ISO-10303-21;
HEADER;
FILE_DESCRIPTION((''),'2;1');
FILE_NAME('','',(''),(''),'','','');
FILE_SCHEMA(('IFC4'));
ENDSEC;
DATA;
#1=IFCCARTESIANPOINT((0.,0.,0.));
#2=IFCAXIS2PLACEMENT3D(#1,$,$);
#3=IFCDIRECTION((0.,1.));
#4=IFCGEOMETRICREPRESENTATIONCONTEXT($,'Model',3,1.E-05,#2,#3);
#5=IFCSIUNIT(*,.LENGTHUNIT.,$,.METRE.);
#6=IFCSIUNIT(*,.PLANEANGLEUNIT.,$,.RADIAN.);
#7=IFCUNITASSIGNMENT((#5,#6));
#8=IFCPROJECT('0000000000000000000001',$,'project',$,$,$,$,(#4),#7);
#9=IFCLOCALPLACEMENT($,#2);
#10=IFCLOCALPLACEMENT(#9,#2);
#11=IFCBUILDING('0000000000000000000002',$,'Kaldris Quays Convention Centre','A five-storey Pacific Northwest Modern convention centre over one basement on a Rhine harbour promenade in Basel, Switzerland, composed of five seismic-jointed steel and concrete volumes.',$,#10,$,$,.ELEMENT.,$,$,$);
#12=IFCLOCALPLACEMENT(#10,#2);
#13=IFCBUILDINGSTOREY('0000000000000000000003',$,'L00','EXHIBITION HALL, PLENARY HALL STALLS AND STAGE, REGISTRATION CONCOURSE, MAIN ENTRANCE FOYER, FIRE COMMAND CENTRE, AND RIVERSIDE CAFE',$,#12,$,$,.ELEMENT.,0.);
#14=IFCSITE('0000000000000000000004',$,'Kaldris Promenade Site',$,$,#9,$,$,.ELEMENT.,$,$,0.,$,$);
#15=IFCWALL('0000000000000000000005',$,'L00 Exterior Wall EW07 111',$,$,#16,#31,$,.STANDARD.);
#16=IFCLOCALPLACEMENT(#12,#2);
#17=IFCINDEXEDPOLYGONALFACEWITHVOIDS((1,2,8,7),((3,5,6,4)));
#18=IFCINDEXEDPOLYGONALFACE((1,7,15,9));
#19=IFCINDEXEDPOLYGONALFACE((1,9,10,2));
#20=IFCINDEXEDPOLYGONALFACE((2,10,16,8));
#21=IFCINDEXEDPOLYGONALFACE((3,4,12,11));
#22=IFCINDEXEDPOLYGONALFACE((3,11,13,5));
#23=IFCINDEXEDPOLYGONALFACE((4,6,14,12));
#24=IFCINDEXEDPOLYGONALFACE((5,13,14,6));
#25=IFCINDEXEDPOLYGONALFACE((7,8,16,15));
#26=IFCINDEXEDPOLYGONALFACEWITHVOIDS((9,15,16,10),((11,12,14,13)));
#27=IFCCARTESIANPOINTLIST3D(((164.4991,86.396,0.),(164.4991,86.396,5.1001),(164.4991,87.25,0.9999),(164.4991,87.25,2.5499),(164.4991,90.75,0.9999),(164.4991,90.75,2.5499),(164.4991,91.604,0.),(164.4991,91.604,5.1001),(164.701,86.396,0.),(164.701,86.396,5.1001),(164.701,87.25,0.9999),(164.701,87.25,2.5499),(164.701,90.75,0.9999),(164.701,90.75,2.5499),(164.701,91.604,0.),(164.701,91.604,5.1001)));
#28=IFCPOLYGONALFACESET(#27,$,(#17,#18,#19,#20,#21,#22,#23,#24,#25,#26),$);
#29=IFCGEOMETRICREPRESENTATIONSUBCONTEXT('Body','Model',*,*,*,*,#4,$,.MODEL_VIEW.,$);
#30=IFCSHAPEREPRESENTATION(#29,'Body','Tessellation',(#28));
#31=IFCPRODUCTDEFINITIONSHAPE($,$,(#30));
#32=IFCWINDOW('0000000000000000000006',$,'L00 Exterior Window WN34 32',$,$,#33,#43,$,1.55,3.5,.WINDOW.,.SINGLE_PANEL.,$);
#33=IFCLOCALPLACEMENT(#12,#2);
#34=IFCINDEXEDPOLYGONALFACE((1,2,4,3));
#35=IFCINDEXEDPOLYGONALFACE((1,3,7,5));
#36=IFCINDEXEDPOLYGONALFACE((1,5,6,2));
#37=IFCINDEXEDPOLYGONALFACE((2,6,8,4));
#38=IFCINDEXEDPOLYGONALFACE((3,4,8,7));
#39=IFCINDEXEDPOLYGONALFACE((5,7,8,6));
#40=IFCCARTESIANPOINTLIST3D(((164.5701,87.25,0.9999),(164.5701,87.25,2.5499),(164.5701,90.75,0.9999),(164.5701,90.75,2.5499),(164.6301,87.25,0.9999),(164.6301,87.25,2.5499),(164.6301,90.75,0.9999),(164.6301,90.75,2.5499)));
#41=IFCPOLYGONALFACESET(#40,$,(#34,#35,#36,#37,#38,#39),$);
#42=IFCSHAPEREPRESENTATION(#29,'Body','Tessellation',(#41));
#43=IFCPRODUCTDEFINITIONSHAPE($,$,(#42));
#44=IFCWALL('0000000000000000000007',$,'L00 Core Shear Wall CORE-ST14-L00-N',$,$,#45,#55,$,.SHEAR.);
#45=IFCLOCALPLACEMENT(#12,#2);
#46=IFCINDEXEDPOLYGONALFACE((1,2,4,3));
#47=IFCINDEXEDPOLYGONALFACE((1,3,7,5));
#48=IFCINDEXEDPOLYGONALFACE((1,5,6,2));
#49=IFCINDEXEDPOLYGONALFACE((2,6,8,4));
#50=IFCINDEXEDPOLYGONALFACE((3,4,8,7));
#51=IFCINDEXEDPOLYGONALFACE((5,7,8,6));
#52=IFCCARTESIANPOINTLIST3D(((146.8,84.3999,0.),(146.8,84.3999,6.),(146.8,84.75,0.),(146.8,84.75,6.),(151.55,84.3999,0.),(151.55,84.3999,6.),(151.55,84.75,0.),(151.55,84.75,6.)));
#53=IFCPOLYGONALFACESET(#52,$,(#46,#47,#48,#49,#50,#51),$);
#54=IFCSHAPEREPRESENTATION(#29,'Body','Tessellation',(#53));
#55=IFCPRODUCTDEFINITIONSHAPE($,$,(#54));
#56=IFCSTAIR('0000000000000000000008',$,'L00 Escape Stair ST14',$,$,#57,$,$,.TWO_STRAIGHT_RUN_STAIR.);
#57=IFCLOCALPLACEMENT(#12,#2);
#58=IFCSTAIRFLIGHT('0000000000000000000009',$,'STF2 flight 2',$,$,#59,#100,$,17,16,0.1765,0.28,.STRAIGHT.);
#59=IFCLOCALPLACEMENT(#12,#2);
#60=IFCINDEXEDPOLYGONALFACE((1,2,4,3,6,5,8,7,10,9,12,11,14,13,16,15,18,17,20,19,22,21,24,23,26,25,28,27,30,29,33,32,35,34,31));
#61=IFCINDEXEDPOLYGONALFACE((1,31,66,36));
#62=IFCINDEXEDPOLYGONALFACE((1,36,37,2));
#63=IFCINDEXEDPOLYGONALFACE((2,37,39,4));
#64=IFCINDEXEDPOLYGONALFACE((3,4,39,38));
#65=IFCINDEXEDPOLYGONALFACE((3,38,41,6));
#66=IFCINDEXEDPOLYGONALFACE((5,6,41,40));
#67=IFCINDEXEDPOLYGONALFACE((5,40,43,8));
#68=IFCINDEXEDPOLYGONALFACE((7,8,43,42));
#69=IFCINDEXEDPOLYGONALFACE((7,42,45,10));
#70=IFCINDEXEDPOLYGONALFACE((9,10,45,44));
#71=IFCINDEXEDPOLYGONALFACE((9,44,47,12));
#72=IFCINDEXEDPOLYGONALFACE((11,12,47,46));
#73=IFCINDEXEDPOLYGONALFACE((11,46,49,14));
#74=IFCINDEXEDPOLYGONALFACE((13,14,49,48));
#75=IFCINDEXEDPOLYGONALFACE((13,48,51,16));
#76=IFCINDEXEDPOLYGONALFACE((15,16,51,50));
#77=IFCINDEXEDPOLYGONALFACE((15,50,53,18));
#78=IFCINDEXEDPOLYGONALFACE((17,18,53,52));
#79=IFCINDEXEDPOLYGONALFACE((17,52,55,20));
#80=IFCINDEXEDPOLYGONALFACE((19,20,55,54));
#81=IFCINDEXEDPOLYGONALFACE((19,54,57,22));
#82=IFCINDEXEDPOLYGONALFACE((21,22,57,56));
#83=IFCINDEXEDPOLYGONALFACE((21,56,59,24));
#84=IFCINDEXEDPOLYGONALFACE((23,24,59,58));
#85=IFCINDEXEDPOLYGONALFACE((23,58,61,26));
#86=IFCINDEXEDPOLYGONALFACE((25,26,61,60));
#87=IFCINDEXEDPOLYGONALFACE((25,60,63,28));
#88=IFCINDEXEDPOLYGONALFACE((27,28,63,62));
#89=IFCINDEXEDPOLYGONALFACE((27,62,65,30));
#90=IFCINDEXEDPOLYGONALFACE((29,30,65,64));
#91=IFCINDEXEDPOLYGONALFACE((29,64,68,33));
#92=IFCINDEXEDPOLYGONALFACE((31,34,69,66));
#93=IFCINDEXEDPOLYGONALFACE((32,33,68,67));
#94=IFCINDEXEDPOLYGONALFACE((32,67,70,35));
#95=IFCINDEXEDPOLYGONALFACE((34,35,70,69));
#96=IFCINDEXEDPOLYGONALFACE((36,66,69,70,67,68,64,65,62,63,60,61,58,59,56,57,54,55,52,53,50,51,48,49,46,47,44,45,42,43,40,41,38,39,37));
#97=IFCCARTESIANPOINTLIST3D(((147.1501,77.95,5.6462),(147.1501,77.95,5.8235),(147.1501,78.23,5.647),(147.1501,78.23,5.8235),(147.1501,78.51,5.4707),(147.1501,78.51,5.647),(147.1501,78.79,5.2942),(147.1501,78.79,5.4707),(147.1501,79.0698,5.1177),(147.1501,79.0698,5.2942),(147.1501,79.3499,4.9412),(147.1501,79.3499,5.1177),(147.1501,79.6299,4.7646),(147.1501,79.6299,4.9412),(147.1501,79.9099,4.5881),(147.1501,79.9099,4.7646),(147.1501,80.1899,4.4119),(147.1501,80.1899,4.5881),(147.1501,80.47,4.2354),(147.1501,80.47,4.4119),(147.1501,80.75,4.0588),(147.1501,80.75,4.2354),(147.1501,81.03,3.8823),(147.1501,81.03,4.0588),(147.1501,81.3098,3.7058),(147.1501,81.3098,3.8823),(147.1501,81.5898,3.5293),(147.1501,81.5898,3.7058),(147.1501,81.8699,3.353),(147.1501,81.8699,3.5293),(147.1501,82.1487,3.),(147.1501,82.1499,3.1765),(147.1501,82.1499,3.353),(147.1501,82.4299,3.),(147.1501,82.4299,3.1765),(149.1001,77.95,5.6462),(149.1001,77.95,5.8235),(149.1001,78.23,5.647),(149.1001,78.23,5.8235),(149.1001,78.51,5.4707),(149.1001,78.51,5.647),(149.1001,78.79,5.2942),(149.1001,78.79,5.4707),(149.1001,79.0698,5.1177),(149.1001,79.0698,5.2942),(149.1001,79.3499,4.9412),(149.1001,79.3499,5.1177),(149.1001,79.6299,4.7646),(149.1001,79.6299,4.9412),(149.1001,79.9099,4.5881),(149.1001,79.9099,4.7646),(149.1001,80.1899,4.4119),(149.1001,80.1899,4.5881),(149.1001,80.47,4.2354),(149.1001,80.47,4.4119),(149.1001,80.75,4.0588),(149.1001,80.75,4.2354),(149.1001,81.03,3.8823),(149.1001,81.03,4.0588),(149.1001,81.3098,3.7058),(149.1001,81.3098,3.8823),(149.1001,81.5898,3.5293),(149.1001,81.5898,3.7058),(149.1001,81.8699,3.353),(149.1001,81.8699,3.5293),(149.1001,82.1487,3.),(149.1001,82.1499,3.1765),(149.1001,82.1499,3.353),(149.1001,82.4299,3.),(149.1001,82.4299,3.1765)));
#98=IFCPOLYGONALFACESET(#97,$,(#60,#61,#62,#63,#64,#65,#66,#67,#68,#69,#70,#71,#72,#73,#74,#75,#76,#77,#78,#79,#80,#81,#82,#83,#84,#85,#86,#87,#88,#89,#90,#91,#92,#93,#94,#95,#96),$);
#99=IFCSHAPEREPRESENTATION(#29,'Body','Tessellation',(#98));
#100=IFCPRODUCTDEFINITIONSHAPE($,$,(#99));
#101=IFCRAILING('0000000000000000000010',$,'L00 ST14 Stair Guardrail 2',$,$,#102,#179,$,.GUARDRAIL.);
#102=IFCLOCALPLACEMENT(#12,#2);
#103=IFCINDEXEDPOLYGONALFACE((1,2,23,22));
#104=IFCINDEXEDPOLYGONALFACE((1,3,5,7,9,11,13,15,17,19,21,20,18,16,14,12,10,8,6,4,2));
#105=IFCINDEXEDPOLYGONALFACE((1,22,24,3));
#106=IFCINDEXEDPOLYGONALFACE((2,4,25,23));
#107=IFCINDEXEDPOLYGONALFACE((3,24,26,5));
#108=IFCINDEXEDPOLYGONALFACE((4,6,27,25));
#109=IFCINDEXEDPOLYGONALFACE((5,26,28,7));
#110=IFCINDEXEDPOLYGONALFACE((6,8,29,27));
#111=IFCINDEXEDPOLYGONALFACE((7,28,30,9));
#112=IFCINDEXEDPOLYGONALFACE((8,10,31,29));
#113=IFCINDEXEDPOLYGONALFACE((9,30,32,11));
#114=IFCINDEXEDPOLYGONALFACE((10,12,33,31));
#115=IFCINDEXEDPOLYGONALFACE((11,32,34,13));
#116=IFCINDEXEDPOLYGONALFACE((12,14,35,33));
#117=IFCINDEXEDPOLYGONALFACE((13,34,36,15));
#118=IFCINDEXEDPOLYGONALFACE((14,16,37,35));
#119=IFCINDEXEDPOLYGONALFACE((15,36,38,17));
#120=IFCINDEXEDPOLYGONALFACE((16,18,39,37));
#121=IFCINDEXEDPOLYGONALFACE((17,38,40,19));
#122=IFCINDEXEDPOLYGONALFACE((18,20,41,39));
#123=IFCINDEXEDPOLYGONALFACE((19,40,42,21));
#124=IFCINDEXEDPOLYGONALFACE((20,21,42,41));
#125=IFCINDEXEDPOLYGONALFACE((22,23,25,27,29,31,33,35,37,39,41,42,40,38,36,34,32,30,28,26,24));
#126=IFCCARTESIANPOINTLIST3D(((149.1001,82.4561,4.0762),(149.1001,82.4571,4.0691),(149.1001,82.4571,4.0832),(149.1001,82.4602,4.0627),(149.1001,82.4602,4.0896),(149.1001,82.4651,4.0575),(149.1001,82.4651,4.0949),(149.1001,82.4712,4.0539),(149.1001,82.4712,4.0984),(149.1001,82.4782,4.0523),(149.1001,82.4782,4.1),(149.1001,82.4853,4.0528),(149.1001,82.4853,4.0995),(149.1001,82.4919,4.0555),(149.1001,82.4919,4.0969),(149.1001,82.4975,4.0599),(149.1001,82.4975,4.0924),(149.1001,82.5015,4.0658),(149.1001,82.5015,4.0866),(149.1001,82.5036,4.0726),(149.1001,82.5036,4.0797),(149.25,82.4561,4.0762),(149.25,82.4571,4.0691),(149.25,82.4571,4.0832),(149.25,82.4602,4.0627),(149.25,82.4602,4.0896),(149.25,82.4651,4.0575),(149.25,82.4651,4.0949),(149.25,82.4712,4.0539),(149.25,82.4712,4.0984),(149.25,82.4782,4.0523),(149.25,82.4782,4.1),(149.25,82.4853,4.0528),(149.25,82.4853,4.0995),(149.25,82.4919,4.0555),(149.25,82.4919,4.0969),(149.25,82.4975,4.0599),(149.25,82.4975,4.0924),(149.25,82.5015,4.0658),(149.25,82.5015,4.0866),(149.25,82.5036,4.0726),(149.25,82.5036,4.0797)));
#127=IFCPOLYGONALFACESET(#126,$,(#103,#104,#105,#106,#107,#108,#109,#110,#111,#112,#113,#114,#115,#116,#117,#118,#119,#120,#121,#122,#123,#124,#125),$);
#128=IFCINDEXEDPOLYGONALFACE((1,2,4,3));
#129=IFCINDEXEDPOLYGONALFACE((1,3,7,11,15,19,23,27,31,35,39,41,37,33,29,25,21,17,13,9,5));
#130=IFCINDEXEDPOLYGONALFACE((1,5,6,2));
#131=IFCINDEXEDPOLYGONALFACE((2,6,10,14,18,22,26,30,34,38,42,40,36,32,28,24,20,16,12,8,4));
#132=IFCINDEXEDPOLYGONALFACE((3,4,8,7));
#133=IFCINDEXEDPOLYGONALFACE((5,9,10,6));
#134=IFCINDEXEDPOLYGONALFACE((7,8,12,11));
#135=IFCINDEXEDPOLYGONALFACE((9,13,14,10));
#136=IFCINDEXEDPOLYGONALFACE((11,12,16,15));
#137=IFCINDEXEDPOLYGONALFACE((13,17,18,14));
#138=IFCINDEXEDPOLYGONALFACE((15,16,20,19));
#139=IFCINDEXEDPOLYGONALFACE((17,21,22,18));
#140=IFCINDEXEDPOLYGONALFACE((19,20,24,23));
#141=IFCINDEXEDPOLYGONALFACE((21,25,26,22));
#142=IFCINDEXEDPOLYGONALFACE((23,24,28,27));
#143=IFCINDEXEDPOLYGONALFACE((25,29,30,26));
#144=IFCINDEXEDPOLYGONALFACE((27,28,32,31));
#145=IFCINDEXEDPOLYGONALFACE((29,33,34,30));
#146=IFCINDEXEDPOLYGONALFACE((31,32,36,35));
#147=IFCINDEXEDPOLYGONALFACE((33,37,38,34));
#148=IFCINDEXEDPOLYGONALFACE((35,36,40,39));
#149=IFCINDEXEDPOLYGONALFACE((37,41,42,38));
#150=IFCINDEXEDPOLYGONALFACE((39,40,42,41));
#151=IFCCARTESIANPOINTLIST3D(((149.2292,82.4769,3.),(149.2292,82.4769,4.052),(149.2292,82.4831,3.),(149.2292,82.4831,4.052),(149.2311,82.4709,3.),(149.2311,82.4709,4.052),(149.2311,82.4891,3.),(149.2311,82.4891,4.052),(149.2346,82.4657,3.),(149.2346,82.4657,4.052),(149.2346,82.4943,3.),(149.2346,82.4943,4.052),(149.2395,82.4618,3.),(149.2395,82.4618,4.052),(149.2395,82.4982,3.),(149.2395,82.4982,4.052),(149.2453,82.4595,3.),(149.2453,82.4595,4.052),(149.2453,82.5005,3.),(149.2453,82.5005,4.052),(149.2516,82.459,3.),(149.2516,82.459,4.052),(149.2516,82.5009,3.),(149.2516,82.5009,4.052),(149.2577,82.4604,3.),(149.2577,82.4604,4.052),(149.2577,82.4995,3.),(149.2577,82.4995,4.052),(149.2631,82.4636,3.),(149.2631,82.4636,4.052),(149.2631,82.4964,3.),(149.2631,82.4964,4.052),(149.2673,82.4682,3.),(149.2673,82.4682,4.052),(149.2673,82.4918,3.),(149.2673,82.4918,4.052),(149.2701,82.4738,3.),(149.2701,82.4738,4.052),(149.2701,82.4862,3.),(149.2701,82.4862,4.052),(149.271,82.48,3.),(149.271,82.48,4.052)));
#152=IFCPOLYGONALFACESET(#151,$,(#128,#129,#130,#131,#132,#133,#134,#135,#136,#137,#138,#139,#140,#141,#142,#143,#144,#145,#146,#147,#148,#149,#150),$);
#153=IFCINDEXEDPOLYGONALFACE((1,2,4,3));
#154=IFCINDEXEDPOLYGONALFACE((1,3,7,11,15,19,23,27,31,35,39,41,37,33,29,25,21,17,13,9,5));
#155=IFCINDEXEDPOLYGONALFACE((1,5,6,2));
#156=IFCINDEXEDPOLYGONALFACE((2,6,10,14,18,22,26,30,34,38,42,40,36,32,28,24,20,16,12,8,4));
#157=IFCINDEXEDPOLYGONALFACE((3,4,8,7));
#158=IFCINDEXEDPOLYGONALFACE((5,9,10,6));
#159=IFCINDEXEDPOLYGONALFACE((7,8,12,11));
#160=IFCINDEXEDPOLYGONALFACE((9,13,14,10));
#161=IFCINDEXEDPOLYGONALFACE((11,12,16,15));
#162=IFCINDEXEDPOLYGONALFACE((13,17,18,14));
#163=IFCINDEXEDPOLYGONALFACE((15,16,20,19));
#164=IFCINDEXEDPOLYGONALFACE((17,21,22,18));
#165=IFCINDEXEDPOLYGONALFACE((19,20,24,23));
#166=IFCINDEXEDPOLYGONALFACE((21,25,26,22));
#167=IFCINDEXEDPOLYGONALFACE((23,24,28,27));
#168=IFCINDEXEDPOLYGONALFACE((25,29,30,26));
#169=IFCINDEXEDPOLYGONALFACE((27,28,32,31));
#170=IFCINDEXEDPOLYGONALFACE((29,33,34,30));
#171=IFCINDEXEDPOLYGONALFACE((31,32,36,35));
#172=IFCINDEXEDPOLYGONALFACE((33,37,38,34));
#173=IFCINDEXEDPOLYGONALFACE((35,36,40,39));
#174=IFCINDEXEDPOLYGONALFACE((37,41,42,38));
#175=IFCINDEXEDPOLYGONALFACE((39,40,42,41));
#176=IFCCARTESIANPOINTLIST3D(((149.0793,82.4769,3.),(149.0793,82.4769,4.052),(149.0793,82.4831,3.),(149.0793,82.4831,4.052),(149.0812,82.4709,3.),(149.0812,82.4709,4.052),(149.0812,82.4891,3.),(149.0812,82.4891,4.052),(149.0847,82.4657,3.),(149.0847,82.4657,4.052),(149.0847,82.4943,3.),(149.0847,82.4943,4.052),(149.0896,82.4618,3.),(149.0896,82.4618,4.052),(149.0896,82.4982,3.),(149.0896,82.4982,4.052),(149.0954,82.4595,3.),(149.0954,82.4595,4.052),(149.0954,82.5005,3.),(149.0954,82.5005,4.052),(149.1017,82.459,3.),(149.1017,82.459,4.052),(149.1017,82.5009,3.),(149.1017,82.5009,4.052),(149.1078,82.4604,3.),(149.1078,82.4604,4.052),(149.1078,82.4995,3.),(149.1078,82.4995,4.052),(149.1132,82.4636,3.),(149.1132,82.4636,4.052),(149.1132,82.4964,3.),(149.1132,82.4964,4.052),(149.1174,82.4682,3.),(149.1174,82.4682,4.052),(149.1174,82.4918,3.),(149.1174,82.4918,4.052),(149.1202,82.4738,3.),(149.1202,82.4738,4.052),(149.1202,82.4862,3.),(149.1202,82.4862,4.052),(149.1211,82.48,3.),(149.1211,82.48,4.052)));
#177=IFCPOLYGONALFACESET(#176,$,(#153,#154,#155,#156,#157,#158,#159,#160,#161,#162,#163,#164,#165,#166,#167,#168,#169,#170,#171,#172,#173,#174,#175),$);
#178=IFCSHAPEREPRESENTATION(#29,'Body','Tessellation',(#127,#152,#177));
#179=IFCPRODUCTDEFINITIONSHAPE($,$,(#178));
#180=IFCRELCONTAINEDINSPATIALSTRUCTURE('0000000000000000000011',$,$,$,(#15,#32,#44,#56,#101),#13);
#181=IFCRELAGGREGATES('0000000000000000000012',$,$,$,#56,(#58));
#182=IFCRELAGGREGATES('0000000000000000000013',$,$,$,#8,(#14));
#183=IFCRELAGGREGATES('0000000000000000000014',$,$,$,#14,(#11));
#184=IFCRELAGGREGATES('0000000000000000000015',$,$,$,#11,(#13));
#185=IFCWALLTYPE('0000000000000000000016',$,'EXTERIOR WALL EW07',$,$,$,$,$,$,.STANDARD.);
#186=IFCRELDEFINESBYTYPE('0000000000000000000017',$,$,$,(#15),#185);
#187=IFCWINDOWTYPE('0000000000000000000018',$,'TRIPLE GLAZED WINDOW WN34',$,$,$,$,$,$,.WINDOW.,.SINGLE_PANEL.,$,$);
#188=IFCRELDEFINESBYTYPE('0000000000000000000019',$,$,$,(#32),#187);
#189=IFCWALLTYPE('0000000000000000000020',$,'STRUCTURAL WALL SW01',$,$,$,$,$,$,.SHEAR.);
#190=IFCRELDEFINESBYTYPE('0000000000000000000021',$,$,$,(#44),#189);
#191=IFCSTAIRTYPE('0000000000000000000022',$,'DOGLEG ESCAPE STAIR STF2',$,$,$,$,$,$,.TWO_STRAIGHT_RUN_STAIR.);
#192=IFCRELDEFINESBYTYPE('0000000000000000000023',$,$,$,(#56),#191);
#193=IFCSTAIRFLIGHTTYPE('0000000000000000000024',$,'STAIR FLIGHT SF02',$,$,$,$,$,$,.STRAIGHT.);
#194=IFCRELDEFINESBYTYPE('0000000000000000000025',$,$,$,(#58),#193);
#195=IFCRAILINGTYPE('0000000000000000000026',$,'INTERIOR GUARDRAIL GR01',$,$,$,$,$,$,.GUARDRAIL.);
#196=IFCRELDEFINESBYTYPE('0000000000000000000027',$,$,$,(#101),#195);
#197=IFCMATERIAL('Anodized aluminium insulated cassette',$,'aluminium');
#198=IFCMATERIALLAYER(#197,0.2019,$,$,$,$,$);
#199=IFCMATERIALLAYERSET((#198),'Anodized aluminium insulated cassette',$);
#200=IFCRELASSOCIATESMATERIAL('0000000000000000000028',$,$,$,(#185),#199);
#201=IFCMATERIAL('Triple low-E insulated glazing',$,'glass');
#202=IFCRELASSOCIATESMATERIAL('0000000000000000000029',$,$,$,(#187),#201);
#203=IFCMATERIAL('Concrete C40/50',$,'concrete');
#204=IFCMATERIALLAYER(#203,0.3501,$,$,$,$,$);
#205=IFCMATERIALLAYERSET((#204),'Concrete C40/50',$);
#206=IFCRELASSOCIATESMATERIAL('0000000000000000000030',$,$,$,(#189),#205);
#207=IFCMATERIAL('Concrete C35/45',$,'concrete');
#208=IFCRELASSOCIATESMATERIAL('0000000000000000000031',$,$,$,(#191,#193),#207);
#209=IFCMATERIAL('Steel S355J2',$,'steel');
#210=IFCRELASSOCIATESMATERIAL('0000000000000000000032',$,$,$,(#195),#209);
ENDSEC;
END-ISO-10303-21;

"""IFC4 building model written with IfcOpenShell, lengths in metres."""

from ifc_helpers import new_model, si_unit, direction, frame, frame_2d, origin, origin_2d, place, context, subcontext, project, spatial, polyline, rectangle, circle, outline, extrude, material, layer, layer_set, type_object, element, fill, aggregate, save


model = new_model("IFC4")

# Units and contexts
model_context = context("Model", 3, precision=1e-05, world=origin(), true_north=direction((0.0, 1.0)))
body_context = subcontext(model_context, "Body", "Model", "MODEL_VIEW")
ifc_project = project(units=[si_unit("LENGTHUNIT", "METRE"), si_unit("PLANEANGLEUNIT", "RADIAN")], contexts=[model_context])

# Site, building, storey
site_placement = place(None, origin())
site = spatial("IfcSite", under=ifc_project, at=site_placement, Name="Kaldris Promenade Site", CompositionType="ELEMENT", RefElevation=0.0)
building_placement = place(site_placement, origin())
building = spatial("IfcBuilding", under=site, at=building_placement, Name="Kaldris Quays Convention Centre", Description="A five-storey Pacific Northwest Modern convention centre over one basement on a Rhine harbour promenade in Basel, Switzerland, composed of five seismic-jointed steel and concrete volumes.", CompositionType="ELEMENT")
storey_placement = place(building_placement, origin())
storey = spatial("IfcBuildingStorey", under=building, at=storey_placement, Name="L00", Description="EXHIBITION HALL, PLENARY HALL STALLS AND STAGE, REGISTRATION CONCOURSE, MAIN ENTRANCE FOYER, FIRE COMMAND CENTRE, AND RIVERSIDE CAFE", CompositionType="ELEMENT", Elevation=0.0)

# Shared definitions
ifc_material_1 = material(Name="Steel S355J2", Category="steel")

# Shared definitions
ifc_material_2 = material(Name="Anodized aluminium insulated cassette", Category="aluminium")

# Wall, opening, window
ifc_layer_1 = layer(ifc_material_2, 0.2019)
ifc_layer_set_1 = layer_set([ifc_layer_1], Name="Anodized aluminium insulated cassette")
wall_type_1 = type_object("IfcWallType", Name="EXTERIOR WALL EW07", PredefinedType="STANDARD", material=ifc_layer_set_1)
ifc_material_3 = material(Name="Triple low-E insulated glazing", Category="glass")
wall_1_placement = place(storey_placement, frame((164.6001, 86.396, 0.0), z_axis=(0.0, 0.0, 1.0), x_axis=(0.0, 1.0, 0.0)))
wall_1 = element("IfcWall", 1, at=wall_1_placement, inside=storey, type_object=wall_type_1, Name="L00 Exterior Wall EW07 111", PredefinedType="STANDARD", context=body_context, shape_type="SweptSolid", body=[
    extrude(rectangle(XDim=5.208, YDim=0.2019, at=frame_2d((2.604, 0.0))), origin(), (0.0, 0.0, 1.0), 5.1001),
])
opening_1_placement = place(wall_1_placement, frame((0.854, 0.0, 1.0)))
opening_1 = element("IfcOpeningElement", 2, at=opening_1_placement, cuts=wall_1, PredefinedType="OPENING", context=body_context, shape_type="SweptSolid", body=[
    extrude(rectangle(XDim=3.5, YDim=1.55, at=frame_2d((1.75, 0.7749))), frame((0.0, 0.1108, 0.0), z_axis=(0.0, -1.0, 0.0), x_axis=(1.0, 0.0, 0.0)), (0.0, 0.0, 1.0), 0.2219),
])
window_type_1 = type_object("IfcWindowType", Name="TRIPLE GLAZED WINDOW WN34", PartitioningType="SINGLE_PANEL", PredefinedType="WINDOW", material=ifc_material_3)
window_1_placement = place(opening_1_placement, origin())
window_1 = element("IfcWindow", 3, at=window_1_placement, inside=storey, type_object=window_type_1, Name="L00 Exterior Window WN34 32", OverallHeight=1.55, OverallWidth=3.5, PartitioningType="SINGLE_PANEL", PredefinedType="WINDOW", context=body_context, shape_type="SweptSolid", body=[
    extrude(rectangle(XDim=3.5, YDim=1.55, at=frame_2d((1.75, 0.7749))), frame((0.0, 0.03, 0.0), z_axis=(0.0, -1.0, 0.0), x_axis=(1.0, 0.0, 0.0)), (0.0, 0.0, 1.0), 0.0601),
])
fill(opening_1, window_1)

# Wall
ifc_material_4 = material(Name="Concrete C40/50", Category="concrete")
ifc_layer_2 = layer(ifc_material_4, 0.3501)
ifc_layer_set_2 = layer_set([ifc_layer_2], Name="Concrete C40/50")
wall_type_2 = type_object("IfcWallType", Name="STRUCTURAL WALL SW01", PredefinedType="SHEAR", material=ifc_layer_set_2)
wall_2_placement = place(storey_placement, frame((146.8, 84.575, 0.0), z_axis=(0.0, 0.0, 1.0), x_axis=(1.0, 0.0, 0.0)))
element("IfcWall", 4, at=wall_2_placement, inside=storey, type_object=wall_type_2, Name="L00 Core Shear Wall CORE-ST14-L00-N", PredefinedType="SHEAR", context=body_context, shape_type="SweptSolid", body=[
    extrude(rectangle(XDim=4.75, YDim=0.3501, at=frame_2d((2.375, 0.0))), origin(), (0.0, 0.0, 1.0), 6.0),
])

# Stair, stair flight
ifc_material_5 = material(Name="Concrete C35/45", Category="concrete")
stair_type = type_object("IfcStairType", Name="DOGLEG ESCAPE STAIR STF2", PredefinedType="TWO_STRAIGHT_RUN_STAIR", material=ifc_material_5)
stair_placement = place(storey_placement, origin())
stair = element("IfcStair", 5, at=stair_placement, inside=storey, type_object=stair_type, Name="L00 Escape Stair ST14", PredefinedType="TWO_STRAIGHT_RUN_STAIR")
stair_flight_type = type_object("IfcStairFlightType", Name="STAIR FLIGHT SF02", PredefinedType="STRAIGHT", material=ifc_material_5)
stair_flight_placement = place(storey_placement, frame((148.125, 82.4299, 3.0), z_axis=(0.0, 0.0, 1.0), x_axis=(0.0, -1.0, 0.0)))
stair_flight = element("IfcStairFlight", 6, at=stair_flight_placement, type_object=stair_flight_type, Name="STF2 flight 2", NumberOfRisers=17, NumberOfTreads=16, PredefinedType="STRAIGHT", RiserHeight=0.1765, TreadLength=0.28, context=body_context, shape_type="SweptSolid", body=[
    extrude(outline(polyline([(0.0, 0.0), (0.0, 0.1765), (0.28, 0.1765), (0.28, 0.353), (0.5601, 0.353), (0.5601, 0.5293), (0.8401, 0.5293), (0.8401, 0.7058), (1.1201, 0.7058), (1.1201, 0.8823), (1.3999, 0.8823), (1.3999, 1.0588), (1.6799, 1.0588), (1.6799, 1.2354), (1.96, 1.2354), (1.96, 1.4119), (2.24, 1.4119), (2.24, 1.5881), (2.52, 1.5881), (2.52, 1.7646), (2.8, 1.7646), (2.8, 1.9412), (3.0801, 1.9412), (3.0801, 2.1177), (3.3601, 2.1177), (3.3601, 2.2942), (3.6399, 2.2942), (3.6399, 2.4707), (3.9199, 2.4707), (3.9199, 2.647), (4.2, 2.647), (4.2, 2.8235), (4.48, 2.8235), (4.48, 3.0), (4.48, 2.6462), (0.2812, 0.0), (0.0, 0.0)])), frame((0.0, 0.9751, 0.0), z_axis=(0.0, -1.0, 0.0), x_axis=(1.0, 0.0, 0.0)), (0.0, 0.0, 1.0), 1.95),
])
aggregate(stair, [stair_flight])

# Railing
railing_type_1 = type_object("IfcRailingType", Name="INTERIOR GUARDRAIL GR01", PredefinedType="GUARDRAIL", material=ifc_material_1)
railing_1_placement = place(storey_placement, frame((149.25, 82.48, 3.0)))
element("IfcRailing", 7, at=railing_1_placement, inside=storey, type_object=railing_type_1, Name="L00 ST14 Stair Guardrail 2", PredefinedType="GUARDRAIL", context=body_context, shape_type="SweptSolid", body=[
    extrude(circle(Radius=0.0239, at=origin_2d()), frame((0.0, 0.0, 1.0762), z_axis=(-1.0, 0.0, 0.0), x_axis=(0.0, -1.0, 0.0)), (0.0, 0.0, 1.0), 0.1499),
    extrude(circle(Radius=0.021, at=origin_2d()), origin(), (0.0, 0.0, 1.0), 1.052),
    extrude(circle(Radius=0.021, at=origin_2d()), frame((-0.1499, 0.0, 0.0)), (0.0, 0.0, 1.0), 1.052),
])

save(model, "model.ifc")
